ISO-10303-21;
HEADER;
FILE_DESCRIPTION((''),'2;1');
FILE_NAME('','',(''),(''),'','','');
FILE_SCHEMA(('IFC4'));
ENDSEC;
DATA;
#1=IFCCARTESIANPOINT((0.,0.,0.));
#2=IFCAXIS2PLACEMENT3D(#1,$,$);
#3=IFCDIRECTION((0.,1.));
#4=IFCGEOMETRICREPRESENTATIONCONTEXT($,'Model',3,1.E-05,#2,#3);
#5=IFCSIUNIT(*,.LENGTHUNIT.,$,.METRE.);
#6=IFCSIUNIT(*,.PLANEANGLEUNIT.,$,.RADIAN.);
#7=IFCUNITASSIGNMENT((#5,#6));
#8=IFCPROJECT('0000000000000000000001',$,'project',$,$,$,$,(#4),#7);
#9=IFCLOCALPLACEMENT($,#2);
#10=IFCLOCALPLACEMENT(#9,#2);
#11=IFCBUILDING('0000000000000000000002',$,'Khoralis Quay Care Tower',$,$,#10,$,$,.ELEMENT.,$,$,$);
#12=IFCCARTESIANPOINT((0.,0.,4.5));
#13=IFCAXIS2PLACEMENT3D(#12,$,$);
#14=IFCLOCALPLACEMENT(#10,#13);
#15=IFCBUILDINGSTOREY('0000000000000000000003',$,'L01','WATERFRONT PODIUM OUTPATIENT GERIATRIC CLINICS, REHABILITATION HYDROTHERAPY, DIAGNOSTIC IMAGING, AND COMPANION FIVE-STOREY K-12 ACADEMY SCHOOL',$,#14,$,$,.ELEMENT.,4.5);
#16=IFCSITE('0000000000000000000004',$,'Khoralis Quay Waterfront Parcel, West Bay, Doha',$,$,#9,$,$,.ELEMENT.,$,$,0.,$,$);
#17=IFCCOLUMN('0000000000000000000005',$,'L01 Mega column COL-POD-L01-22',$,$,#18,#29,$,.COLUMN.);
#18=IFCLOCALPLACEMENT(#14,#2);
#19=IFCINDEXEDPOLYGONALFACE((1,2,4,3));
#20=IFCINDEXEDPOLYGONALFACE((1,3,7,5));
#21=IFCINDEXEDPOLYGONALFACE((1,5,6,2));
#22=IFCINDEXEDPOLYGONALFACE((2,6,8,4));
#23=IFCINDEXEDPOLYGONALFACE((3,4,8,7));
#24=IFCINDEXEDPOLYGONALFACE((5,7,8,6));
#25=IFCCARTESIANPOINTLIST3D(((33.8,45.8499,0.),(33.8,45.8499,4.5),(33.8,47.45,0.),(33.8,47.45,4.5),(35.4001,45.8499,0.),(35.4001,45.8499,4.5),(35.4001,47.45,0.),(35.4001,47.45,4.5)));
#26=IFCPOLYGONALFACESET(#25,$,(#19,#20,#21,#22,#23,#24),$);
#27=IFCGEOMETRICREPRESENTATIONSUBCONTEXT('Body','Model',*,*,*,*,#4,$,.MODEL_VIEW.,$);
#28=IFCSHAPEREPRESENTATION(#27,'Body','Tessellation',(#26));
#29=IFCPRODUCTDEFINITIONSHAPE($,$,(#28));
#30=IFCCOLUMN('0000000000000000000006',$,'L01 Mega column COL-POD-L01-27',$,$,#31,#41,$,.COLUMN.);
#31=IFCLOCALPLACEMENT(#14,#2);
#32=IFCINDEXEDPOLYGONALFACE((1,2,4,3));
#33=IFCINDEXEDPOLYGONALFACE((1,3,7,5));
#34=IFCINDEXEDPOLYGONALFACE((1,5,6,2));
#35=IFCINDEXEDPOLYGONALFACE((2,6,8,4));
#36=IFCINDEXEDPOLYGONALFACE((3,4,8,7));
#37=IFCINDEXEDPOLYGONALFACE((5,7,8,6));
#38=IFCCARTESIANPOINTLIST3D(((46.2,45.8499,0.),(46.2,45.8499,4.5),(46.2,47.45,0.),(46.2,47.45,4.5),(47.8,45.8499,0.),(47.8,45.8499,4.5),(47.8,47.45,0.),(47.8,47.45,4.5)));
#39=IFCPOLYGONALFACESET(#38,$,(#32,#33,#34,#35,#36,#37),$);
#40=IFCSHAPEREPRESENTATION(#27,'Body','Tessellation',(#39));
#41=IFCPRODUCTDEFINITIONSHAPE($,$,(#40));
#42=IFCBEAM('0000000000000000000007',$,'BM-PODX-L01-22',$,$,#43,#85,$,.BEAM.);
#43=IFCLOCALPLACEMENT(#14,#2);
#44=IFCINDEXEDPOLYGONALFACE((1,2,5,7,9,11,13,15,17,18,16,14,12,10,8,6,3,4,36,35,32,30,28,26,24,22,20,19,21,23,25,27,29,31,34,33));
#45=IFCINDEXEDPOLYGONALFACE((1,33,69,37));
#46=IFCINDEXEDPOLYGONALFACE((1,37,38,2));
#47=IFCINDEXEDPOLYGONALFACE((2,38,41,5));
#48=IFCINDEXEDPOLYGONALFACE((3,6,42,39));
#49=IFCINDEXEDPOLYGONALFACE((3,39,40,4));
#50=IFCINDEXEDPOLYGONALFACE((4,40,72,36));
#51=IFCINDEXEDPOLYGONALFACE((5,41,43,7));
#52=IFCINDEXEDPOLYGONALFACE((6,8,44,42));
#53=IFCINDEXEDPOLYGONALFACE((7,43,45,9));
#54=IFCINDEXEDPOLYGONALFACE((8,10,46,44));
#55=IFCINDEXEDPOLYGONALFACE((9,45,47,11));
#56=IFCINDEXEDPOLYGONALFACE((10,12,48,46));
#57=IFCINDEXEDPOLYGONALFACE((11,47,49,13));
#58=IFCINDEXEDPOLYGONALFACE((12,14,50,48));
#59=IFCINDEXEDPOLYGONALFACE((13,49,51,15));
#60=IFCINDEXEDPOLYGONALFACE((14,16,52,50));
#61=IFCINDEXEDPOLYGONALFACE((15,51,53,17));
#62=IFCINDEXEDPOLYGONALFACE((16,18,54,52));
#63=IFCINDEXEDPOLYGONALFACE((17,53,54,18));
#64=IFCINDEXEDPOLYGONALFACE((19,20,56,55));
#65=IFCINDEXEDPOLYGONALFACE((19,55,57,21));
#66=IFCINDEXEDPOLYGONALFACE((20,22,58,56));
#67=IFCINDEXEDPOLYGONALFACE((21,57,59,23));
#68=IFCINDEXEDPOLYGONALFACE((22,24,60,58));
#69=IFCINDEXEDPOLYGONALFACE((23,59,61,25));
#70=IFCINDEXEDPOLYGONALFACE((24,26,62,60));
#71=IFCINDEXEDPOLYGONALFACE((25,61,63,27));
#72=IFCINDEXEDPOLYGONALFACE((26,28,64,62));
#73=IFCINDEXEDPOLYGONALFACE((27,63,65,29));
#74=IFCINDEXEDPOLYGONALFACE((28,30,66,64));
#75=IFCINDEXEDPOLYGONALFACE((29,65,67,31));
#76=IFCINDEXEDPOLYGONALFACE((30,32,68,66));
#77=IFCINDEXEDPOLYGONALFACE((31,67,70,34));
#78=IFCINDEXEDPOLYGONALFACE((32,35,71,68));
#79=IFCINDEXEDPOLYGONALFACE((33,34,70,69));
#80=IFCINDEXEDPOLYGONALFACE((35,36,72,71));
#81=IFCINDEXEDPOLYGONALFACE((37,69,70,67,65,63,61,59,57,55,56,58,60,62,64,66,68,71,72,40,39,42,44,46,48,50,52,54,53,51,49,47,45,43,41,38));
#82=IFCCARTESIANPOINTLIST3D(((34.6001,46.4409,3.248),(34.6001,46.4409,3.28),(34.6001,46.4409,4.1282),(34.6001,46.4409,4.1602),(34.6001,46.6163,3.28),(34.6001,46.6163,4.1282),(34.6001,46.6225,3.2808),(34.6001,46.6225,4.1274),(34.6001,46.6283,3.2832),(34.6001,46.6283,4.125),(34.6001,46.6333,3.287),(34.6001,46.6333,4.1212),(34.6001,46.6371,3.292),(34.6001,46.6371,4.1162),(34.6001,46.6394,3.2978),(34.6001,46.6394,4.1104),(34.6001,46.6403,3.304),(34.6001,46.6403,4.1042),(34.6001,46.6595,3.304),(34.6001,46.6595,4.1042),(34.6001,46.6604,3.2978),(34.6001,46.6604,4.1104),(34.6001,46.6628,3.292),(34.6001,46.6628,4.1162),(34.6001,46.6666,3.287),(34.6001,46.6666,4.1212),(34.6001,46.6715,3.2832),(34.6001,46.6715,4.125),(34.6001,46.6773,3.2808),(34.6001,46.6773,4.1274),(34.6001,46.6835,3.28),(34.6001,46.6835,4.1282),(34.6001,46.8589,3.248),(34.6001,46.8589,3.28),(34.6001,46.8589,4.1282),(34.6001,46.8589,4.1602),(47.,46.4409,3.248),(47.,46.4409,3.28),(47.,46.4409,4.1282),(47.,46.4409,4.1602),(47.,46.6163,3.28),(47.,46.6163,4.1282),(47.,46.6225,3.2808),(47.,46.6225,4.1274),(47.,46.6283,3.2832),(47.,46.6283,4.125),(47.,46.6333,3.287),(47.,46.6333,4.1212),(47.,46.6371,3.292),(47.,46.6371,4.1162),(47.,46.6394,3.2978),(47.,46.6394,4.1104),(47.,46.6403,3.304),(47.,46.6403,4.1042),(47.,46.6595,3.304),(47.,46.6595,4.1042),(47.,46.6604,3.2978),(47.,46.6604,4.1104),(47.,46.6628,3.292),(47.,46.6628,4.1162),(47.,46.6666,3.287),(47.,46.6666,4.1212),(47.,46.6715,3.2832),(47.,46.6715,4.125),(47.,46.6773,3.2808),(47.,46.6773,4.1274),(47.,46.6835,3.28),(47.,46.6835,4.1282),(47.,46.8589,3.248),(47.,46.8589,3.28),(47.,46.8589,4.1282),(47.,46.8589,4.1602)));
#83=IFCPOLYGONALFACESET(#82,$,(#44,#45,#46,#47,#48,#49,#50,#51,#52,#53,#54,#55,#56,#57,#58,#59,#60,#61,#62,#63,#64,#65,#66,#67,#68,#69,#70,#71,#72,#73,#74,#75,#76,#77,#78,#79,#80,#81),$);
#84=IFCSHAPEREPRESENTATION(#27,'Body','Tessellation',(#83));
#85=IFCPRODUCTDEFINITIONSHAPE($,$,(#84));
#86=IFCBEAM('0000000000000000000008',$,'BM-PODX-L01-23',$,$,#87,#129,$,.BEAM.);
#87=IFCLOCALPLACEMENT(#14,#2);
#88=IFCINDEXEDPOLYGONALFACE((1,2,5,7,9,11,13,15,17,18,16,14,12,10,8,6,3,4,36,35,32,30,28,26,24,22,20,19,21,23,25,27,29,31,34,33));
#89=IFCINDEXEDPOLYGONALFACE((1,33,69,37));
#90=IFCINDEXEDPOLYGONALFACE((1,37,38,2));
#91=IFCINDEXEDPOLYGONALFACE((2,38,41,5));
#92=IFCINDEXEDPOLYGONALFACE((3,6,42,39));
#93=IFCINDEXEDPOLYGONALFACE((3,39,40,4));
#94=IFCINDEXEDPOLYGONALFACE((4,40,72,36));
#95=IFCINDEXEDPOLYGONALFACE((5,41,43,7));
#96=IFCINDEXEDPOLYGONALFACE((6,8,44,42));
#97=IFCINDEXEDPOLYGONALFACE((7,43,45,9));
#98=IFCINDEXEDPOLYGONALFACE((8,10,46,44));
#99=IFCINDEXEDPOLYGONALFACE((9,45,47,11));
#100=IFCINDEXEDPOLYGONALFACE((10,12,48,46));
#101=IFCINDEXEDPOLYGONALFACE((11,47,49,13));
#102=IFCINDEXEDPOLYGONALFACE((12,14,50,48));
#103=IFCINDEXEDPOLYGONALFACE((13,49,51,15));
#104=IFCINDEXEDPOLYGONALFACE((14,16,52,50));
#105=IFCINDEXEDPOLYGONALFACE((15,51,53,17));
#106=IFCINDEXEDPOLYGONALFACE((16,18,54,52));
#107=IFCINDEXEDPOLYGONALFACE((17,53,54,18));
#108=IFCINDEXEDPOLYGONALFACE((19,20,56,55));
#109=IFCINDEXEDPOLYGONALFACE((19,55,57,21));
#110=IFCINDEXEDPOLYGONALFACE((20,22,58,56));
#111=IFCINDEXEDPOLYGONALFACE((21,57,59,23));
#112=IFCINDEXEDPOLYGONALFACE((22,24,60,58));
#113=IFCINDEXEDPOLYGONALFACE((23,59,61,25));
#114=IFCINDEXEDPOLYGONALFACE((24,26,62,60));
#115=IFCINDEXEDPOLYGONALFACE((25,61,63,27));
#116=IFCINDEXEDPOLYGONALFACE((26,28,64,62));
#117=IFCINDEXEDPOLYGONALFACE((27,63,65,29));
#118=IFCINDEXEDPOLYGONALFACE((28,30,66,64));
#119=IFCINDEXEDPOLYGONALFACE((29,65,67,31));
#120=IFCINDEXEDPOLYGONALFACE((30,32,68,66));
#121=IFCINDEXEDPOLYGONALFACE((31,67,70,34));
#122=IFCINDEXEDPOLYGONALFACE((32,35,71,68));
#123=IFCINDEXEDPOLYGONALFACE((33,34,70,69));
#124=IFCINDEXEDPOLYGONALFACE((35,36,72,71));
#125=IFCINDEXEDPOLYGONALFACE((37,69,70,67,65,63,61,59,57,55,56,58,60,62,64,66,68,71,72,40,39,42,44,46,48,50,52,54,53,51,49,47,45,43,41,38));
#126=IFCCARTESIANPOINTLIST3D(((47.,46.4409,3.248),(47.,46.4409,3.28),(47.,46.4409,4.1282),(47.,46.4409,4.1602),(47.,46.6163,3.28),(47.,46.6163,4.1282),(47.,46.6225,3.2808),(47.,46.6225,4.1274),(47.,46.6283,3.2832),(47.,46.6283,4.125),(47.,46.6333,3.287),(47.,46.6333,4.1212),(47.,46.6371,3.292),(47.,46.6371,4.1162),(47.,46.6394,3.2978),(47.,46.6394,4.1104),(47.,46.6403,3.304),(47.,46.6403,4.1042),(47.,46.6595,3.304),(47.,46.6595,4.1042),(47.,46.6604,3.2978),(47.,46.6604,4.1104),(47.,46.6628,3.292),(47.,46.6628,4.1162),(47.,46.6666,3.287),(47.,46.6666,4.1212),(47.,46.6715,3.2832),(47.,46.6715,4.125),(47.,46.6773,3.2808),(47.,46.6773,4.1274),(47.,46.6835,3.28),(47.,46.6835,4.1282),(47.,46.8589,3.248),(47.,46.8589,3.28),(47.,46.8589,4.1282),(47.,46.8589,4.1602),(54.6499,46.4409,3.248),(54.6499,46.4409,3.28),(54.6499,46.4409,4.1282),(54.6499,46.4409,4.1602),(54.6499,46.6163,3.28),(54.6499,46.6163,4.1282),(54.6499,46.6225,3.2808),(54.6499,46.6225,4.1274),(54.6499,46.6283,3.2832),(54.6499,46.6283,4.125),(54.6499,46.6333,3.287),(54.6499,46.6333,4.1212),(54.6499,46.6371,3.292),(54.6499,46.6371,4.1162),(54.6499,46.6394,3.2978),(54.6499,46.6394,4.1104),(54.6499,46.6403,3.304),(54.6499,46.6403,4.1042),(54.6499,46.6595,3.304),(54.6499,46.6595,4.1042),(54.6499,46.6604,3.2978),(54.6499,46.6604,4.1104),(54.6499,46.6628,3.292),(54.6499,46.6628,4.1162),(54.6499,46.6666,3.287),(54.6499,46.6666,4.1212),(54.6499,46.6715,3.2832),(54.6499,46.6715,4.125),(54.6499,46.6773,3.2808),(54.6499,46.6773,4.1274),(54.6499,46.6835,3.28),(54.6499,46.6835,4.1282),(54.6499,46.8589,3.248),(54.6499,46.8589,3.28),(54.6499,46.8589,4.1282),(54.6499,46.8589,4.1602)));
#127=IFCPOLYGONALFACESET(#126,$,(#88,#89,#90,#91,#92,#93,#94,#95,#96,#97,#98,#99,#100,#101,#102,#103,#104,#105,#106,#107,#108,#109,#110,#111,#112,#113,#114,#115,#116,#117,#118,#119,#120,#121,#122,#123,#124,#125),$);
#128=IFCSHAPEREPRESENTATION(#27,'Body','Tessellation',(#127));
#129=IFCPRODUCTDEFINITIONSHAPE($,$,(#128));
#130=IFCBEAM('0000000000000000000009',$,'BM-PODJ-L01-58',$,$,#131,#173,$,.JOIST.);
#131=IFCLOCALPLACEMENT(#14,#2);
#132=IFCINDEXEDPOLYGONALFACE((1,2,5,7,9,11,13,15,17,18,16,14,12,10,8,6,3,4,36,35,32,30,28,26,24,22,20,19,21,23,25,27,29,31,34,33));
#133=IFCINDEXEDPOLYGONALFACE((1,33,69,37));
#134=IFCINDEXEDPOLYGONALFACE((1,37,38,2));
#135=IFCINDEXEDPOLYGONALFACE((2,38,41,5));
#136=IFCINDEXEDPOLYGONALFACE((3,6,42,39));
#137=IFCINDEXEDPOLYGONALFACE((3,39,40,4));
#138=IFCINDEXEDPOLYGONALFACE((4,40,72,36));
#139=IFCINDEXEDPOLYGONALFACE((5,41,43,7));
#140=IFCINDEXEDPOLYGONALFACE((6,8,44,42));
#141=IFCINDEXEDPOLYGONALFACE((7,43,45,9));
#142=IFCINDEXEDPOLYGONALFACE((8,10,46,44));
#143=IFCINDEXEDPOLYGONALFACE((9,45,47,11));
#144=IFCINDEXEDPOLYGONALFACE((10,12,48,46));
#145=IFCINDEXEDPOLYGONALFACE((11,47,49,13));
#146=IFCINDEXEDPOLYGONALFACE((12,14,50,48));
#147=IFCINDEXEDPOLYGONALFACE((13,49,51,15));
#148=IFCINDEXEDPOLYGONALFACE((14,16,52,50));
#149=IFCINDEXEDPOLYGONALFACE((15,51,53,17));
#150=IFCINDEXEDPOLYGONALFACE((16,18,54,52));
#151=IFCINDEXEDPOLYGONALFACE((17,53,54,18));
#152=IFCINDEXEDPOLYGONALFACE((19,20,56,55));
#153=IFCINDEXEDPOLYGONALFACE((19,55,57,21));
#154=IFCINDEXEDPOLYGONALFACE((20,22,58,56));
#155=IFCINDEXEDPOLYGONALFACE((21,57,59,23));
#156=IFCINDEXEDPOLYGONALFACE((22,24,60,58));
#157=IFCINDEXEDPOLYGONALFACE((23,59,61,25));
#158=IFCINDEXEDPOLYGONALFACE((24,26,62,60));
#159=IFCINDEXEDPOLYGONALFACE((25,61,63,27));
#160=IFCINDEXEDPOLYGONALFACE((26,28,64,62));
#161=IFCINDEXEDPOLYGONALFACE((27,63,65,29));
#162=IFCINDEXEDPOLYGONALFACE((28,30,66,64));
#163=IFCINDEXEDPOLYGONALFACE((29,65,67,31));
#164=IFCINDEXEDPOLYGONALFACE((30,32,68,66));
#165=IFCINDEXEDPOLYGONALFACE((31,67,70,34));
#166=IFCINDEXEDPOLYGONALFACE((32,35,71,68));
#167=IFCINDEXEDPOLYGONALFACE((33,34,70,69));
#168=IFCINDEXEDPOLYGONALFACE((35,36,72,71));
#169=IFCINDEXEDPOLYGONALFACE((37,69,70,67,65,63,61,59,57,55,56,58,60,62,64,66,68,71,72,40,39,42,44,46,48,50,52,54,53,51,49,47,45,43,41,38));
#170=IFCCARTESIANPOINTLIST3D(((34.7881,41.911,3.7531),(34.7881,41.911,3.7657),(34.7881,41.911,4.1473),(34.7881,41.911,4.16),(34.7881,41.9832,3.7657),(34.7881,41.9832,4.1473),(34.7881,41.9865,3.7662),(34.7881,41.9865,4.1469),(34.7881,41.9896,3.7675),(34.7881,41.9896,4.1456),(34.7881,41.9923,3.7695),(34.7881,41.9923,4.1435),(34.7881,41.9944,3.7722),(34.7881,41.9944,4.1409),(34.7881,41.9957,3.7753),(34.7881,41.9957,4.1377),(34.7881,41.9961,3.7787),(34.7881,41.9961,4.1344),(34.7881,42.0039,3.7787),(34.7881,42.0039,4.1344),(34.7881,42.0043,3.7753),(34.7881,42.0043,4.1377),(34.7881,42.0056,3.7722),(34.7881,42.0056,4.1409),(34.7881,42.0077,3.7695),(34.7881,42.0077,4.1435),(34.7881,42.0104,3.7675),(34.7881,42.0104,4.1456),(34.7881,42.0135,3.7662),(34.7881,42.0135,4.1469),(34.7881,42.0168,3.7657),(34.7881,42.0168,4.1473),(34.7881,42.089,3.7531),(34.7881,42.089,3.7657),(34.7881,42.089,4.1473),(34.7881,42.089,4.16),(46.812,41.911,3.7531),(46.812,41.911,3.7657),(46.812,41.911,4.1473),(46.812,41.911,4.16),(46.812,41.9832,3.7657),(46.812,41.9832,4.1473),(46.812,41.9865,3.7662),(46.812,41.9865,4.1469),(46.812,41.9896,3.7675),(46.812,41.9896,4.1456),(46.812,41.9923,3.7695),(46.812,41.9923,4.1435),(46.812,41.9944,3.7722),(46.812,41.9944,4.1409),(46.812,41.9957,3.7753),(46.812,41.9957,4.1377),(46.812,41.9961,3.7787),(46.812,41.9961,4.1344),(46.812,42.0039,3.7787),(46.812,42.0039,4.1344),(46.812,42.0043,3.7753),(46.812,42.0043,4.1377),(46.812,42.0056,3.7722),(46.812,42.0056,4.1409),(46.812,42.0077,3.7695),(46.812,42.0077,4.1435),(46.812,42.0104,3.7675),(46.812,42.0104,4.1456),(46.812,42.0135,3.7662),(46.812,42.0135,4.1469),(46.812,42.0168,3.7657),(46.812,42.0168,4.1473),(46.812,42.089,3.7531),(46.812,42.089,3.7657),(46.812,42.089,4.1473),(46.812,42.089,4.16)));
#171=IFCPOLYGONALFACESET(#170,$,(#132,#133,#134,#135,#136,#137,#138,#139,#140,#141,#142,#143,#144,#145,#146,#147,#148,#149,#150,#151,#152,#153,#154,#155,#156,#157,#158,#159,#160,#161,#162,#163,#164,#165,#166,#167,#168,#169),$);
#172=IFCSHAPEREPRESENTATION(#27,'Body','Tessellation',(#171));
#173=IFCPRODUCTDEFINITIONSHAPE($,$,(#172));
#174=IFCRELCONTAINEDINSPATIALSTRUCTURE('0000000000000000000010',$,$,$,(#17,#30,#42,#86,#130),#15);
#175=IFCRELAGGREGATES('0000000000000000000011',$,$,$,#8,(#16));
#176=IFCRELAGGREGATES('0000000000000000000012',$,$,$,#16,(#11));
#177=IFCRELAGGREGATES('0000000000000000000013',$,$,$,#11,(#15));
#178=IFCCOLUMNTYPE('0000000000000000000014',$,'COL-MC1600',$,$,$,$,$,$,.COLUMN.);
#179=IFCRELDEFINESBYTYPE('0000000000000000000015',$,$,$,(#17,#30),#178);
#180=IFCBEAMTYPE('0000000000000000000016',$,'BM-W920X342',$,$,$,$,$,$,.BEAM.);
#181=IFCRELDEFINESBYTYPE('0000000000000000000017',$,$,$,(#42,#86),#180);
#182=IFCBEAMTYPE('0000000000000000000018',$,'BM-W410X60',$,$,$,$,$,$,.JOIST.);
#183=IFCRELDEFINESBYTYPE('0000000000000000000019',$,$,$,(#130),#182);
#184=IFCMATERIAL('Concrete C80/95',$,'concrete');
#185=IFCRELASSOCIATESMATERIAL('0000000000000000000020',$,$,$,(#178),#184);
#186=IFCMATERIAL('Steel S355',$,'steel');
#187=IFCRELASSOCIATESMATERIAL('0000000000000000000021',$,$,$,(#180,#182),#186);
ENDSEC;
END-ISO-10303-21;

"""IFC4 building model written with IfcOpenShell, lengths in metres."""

from ifc_helpers import new_model, si_unit, direction, frame, origin, origin_2d, place, context, subcontext, project, spatial, rectangle, i_section, extrude, source, transform, mapped, material, material_profile, profile_set, type_object, element, save


model = new_model("IFC4")

# Units and contexts
model_context = context("Model", 3, precision=1e-05, world=origin(), true_north=direction((0.0, 1.0)))
body_context = subcontext(model_context, "Body", "Model", "MODEL_VIEW")
ifc_project = project(units=[si_unit("LENGTHUNIT", "METRE"), si_unit("PLANEANGLEUNIT", "RADIAN")], contexts=[model_context])

# Site, building, storey
site_placement = place(None, origin())
site = spatial("IfcSite", under=ifc_project, at=site_placement, Name="Khoralis Quay Waterfront Parcel, West Bay, Doha", CompositionType="ELEMENT", RefElevation=0.0)
building_placement = place(site_placement, origin())
building = spatial("IfcBuilding", under=site, at=building_placement, Name="Khoralis Quay Care Tower", CompositionType="ELEMENT")
storey_placement = place(building_placement, frame((0.0, 0.0, 4.5)))
storey = spatial("IfcBuildingStorey", under=building, at=storey_placement, Name="L01", Description="WATERFRONT PODIUM OUTPATIENT GERIATRIC CLINICS, REHABILITATION HYDROTHERAPY, DIAGNOSTIC IMAGING, AND COMPANION FIVE-STOREY K-12 ACADEMY SCHOOL", CompositionType="ELEMENT", Elevation=4.5)

# Columns
ifc_material_1 = material(Name="Concrete C80/95", Category="concrete")
ifc_material_profile_1 = material_profile(ifc_material_1, rectangle(XDim=1.6001, YDim=1.6001, at=origin_2d()), Name="Concrete C80/95")
ifc_profile_set_1 = profile_set([ifc_material_profile_1], Name="Concrete C80/95")
column_type = type_object("IfcColumnType", Name="COL-MC1600", PredefinedType="COLUMN", material=ifc_profile_set_1)
shared_shape_1 = source(origin(), body_context, "Body", "SweptSolid", [
    extrude(rectangle(XDim=1.6001, YDim=1.6001, at=origin_2d()), origin(), (0.0, 0.0, 1.0), 4.5),
])
for number, where, z_axis, x_axis, name in (
    (1, (34.6001, 46.6499, 0.0), (0.0, 0.0, 1.0), (1.0, 0.0, 0.0), "L01 Mega column COL-POD-L01-22"),
    (2, (47.0, 46.6499, 0.0), (0.0, 0.0, 1.0), (1.0, 0.0, 0.0), "L01 Mega column COL-POD-L01-27"),
):
    element("IfcColumn", number, at=place(storey_placement, frame(where, z_axis=z_axis, x_axis=x_axis)), inside=storey, type_object=column_type, Name=name, PredefinedType="COLUMN", context=body_context, shape_type="MappedRepresentation", body=[
        mapped(shared_shape_1, transform((0.0, 0.0, 0.0), scale=1.0)),
    ])

# Beams
ifc_material_2 = material(Name="Steel S355", Category="steel")
ifc_material_profile_2 = material_profile(ifc_material_2, i_section(OverallWidth=0.418, OverallDepth=0.9121, WebThickness=0.0193, FlangeThickness=0.032, FilletRadius=0.0239, at=origin_2d()), Name="Steel S355")
ifc_profile_set_2 = profile_set([ifc_material_profile_2], Name="Steel S355")
beam_type_1 = type_object("IfcBeamType", Name="BM-W920X342", PredefinedType="BEAM", material=ifc_profile_set_2)
shared_shape_2 = source(origin(), body_context, "Body", "SweptSolid", [
    extrude(i_section(OverallWidth=0.418, OverallDepth=0.9121, WebThickness=0.0193, FlangeThickness=0.032, FilletRadius=0.0239, at=origin_2d()), origin(), (0.0, 0.0, 1.0), 12.3999),
])
beam_1_placement = place(storey_placement, frame((34.6001, 46.6499, 3.7041), z_axis=(1.0, 0.0, 0.0), x_axis=(0.0, 1.0, 0.0)))
element("IfcBeam", 3, at=beam_1_placement, inside=storey, type_object=beam_type_1, Name="BM-PODX-L01-22", PredefinedType="BEAM", context=body_context, shape_type="MappedRepresentation", body=[
    mapped(shared_shape_2, transform((0.0, 0.0, 0.0), scale=1.0)),
])
shared_shape_3 = source(origin(), body_context, "Body", "SweptSolid", [
    extrude(i_section(OverallWidth=0.418, OverallDepth=0.9121, WebThickness=0.0193, FlangeThickness=0.032, FilletRadius=0.0239, at=origin_2d()), origin(), (0.0, 0.0, 1.0), 7.6499),
])
beam_2_placement = place(storey_placement, frame((47.0, 46.6499, 3.7041), z_axis=(1.0, 0.0, 0.0), x_axis=(0.0, 1.0, 0.0)))
element("IfcBeam", 4, at=beam_2_placement, inside=storey, type_object=beam_type_1, Name="BM-PODX-L01-23", PredefinedType="BEAM", context=body_context, shape_type="MappedRepresentation", body=[
    mapped(shared_shape_3, transform((0.0, 0.0, 0.0), scale=1.0)),
])
ifc_material_profile_3 = material_profile(ifc_material_2, i_section(OverallWidth=0.178, OverallDepth=0.407, WebThickness=0.0078, FlangeThickness=0.0127, FilletRadius=0.0129, at=origin_2d()), Name="Steel S355")
ifc_profile_set_3 = profile_set([ifc_material_profile_3], Name="Steel S355")
beam_type_2 = type_object("IfcBeamType", Name="BM-W410X60", PredefinedType="JOIST", material=ifc_profile_set_3)
shared_shape_4 = source(origin(), body_context, "Body", "SweptSolid", [
    extrude(i_section(OverallWidth=0.178, OverallDepth=0.407, WebThickness=0.0078, FlangeThickness=0.0127, FilletRadius=0.0129, at=origin_2d()), origin(), (0.0, 0.0, 1.0), 12.0239),
])
beam_3_placement = place(storey_placement, frame((34.7881, 42.0, 3.9565), z_axis=(1.0, 0.0, 0.0), x_axis=(0.0, 1.0, 0.0)))
element("IfcBeam", 5, at=beam_3_placement, inside=storey, type_object=beam_type_2, Name="BM-PODJ-L01-58", PredefinedType="JOIST", context=body_context, shape_type="MappedRepresentation", body=[
    mapped(shared_shape_4, transform((0.0, 0.0, 0.0), scale=1.0)),
])

save(model, "model.ifc")
